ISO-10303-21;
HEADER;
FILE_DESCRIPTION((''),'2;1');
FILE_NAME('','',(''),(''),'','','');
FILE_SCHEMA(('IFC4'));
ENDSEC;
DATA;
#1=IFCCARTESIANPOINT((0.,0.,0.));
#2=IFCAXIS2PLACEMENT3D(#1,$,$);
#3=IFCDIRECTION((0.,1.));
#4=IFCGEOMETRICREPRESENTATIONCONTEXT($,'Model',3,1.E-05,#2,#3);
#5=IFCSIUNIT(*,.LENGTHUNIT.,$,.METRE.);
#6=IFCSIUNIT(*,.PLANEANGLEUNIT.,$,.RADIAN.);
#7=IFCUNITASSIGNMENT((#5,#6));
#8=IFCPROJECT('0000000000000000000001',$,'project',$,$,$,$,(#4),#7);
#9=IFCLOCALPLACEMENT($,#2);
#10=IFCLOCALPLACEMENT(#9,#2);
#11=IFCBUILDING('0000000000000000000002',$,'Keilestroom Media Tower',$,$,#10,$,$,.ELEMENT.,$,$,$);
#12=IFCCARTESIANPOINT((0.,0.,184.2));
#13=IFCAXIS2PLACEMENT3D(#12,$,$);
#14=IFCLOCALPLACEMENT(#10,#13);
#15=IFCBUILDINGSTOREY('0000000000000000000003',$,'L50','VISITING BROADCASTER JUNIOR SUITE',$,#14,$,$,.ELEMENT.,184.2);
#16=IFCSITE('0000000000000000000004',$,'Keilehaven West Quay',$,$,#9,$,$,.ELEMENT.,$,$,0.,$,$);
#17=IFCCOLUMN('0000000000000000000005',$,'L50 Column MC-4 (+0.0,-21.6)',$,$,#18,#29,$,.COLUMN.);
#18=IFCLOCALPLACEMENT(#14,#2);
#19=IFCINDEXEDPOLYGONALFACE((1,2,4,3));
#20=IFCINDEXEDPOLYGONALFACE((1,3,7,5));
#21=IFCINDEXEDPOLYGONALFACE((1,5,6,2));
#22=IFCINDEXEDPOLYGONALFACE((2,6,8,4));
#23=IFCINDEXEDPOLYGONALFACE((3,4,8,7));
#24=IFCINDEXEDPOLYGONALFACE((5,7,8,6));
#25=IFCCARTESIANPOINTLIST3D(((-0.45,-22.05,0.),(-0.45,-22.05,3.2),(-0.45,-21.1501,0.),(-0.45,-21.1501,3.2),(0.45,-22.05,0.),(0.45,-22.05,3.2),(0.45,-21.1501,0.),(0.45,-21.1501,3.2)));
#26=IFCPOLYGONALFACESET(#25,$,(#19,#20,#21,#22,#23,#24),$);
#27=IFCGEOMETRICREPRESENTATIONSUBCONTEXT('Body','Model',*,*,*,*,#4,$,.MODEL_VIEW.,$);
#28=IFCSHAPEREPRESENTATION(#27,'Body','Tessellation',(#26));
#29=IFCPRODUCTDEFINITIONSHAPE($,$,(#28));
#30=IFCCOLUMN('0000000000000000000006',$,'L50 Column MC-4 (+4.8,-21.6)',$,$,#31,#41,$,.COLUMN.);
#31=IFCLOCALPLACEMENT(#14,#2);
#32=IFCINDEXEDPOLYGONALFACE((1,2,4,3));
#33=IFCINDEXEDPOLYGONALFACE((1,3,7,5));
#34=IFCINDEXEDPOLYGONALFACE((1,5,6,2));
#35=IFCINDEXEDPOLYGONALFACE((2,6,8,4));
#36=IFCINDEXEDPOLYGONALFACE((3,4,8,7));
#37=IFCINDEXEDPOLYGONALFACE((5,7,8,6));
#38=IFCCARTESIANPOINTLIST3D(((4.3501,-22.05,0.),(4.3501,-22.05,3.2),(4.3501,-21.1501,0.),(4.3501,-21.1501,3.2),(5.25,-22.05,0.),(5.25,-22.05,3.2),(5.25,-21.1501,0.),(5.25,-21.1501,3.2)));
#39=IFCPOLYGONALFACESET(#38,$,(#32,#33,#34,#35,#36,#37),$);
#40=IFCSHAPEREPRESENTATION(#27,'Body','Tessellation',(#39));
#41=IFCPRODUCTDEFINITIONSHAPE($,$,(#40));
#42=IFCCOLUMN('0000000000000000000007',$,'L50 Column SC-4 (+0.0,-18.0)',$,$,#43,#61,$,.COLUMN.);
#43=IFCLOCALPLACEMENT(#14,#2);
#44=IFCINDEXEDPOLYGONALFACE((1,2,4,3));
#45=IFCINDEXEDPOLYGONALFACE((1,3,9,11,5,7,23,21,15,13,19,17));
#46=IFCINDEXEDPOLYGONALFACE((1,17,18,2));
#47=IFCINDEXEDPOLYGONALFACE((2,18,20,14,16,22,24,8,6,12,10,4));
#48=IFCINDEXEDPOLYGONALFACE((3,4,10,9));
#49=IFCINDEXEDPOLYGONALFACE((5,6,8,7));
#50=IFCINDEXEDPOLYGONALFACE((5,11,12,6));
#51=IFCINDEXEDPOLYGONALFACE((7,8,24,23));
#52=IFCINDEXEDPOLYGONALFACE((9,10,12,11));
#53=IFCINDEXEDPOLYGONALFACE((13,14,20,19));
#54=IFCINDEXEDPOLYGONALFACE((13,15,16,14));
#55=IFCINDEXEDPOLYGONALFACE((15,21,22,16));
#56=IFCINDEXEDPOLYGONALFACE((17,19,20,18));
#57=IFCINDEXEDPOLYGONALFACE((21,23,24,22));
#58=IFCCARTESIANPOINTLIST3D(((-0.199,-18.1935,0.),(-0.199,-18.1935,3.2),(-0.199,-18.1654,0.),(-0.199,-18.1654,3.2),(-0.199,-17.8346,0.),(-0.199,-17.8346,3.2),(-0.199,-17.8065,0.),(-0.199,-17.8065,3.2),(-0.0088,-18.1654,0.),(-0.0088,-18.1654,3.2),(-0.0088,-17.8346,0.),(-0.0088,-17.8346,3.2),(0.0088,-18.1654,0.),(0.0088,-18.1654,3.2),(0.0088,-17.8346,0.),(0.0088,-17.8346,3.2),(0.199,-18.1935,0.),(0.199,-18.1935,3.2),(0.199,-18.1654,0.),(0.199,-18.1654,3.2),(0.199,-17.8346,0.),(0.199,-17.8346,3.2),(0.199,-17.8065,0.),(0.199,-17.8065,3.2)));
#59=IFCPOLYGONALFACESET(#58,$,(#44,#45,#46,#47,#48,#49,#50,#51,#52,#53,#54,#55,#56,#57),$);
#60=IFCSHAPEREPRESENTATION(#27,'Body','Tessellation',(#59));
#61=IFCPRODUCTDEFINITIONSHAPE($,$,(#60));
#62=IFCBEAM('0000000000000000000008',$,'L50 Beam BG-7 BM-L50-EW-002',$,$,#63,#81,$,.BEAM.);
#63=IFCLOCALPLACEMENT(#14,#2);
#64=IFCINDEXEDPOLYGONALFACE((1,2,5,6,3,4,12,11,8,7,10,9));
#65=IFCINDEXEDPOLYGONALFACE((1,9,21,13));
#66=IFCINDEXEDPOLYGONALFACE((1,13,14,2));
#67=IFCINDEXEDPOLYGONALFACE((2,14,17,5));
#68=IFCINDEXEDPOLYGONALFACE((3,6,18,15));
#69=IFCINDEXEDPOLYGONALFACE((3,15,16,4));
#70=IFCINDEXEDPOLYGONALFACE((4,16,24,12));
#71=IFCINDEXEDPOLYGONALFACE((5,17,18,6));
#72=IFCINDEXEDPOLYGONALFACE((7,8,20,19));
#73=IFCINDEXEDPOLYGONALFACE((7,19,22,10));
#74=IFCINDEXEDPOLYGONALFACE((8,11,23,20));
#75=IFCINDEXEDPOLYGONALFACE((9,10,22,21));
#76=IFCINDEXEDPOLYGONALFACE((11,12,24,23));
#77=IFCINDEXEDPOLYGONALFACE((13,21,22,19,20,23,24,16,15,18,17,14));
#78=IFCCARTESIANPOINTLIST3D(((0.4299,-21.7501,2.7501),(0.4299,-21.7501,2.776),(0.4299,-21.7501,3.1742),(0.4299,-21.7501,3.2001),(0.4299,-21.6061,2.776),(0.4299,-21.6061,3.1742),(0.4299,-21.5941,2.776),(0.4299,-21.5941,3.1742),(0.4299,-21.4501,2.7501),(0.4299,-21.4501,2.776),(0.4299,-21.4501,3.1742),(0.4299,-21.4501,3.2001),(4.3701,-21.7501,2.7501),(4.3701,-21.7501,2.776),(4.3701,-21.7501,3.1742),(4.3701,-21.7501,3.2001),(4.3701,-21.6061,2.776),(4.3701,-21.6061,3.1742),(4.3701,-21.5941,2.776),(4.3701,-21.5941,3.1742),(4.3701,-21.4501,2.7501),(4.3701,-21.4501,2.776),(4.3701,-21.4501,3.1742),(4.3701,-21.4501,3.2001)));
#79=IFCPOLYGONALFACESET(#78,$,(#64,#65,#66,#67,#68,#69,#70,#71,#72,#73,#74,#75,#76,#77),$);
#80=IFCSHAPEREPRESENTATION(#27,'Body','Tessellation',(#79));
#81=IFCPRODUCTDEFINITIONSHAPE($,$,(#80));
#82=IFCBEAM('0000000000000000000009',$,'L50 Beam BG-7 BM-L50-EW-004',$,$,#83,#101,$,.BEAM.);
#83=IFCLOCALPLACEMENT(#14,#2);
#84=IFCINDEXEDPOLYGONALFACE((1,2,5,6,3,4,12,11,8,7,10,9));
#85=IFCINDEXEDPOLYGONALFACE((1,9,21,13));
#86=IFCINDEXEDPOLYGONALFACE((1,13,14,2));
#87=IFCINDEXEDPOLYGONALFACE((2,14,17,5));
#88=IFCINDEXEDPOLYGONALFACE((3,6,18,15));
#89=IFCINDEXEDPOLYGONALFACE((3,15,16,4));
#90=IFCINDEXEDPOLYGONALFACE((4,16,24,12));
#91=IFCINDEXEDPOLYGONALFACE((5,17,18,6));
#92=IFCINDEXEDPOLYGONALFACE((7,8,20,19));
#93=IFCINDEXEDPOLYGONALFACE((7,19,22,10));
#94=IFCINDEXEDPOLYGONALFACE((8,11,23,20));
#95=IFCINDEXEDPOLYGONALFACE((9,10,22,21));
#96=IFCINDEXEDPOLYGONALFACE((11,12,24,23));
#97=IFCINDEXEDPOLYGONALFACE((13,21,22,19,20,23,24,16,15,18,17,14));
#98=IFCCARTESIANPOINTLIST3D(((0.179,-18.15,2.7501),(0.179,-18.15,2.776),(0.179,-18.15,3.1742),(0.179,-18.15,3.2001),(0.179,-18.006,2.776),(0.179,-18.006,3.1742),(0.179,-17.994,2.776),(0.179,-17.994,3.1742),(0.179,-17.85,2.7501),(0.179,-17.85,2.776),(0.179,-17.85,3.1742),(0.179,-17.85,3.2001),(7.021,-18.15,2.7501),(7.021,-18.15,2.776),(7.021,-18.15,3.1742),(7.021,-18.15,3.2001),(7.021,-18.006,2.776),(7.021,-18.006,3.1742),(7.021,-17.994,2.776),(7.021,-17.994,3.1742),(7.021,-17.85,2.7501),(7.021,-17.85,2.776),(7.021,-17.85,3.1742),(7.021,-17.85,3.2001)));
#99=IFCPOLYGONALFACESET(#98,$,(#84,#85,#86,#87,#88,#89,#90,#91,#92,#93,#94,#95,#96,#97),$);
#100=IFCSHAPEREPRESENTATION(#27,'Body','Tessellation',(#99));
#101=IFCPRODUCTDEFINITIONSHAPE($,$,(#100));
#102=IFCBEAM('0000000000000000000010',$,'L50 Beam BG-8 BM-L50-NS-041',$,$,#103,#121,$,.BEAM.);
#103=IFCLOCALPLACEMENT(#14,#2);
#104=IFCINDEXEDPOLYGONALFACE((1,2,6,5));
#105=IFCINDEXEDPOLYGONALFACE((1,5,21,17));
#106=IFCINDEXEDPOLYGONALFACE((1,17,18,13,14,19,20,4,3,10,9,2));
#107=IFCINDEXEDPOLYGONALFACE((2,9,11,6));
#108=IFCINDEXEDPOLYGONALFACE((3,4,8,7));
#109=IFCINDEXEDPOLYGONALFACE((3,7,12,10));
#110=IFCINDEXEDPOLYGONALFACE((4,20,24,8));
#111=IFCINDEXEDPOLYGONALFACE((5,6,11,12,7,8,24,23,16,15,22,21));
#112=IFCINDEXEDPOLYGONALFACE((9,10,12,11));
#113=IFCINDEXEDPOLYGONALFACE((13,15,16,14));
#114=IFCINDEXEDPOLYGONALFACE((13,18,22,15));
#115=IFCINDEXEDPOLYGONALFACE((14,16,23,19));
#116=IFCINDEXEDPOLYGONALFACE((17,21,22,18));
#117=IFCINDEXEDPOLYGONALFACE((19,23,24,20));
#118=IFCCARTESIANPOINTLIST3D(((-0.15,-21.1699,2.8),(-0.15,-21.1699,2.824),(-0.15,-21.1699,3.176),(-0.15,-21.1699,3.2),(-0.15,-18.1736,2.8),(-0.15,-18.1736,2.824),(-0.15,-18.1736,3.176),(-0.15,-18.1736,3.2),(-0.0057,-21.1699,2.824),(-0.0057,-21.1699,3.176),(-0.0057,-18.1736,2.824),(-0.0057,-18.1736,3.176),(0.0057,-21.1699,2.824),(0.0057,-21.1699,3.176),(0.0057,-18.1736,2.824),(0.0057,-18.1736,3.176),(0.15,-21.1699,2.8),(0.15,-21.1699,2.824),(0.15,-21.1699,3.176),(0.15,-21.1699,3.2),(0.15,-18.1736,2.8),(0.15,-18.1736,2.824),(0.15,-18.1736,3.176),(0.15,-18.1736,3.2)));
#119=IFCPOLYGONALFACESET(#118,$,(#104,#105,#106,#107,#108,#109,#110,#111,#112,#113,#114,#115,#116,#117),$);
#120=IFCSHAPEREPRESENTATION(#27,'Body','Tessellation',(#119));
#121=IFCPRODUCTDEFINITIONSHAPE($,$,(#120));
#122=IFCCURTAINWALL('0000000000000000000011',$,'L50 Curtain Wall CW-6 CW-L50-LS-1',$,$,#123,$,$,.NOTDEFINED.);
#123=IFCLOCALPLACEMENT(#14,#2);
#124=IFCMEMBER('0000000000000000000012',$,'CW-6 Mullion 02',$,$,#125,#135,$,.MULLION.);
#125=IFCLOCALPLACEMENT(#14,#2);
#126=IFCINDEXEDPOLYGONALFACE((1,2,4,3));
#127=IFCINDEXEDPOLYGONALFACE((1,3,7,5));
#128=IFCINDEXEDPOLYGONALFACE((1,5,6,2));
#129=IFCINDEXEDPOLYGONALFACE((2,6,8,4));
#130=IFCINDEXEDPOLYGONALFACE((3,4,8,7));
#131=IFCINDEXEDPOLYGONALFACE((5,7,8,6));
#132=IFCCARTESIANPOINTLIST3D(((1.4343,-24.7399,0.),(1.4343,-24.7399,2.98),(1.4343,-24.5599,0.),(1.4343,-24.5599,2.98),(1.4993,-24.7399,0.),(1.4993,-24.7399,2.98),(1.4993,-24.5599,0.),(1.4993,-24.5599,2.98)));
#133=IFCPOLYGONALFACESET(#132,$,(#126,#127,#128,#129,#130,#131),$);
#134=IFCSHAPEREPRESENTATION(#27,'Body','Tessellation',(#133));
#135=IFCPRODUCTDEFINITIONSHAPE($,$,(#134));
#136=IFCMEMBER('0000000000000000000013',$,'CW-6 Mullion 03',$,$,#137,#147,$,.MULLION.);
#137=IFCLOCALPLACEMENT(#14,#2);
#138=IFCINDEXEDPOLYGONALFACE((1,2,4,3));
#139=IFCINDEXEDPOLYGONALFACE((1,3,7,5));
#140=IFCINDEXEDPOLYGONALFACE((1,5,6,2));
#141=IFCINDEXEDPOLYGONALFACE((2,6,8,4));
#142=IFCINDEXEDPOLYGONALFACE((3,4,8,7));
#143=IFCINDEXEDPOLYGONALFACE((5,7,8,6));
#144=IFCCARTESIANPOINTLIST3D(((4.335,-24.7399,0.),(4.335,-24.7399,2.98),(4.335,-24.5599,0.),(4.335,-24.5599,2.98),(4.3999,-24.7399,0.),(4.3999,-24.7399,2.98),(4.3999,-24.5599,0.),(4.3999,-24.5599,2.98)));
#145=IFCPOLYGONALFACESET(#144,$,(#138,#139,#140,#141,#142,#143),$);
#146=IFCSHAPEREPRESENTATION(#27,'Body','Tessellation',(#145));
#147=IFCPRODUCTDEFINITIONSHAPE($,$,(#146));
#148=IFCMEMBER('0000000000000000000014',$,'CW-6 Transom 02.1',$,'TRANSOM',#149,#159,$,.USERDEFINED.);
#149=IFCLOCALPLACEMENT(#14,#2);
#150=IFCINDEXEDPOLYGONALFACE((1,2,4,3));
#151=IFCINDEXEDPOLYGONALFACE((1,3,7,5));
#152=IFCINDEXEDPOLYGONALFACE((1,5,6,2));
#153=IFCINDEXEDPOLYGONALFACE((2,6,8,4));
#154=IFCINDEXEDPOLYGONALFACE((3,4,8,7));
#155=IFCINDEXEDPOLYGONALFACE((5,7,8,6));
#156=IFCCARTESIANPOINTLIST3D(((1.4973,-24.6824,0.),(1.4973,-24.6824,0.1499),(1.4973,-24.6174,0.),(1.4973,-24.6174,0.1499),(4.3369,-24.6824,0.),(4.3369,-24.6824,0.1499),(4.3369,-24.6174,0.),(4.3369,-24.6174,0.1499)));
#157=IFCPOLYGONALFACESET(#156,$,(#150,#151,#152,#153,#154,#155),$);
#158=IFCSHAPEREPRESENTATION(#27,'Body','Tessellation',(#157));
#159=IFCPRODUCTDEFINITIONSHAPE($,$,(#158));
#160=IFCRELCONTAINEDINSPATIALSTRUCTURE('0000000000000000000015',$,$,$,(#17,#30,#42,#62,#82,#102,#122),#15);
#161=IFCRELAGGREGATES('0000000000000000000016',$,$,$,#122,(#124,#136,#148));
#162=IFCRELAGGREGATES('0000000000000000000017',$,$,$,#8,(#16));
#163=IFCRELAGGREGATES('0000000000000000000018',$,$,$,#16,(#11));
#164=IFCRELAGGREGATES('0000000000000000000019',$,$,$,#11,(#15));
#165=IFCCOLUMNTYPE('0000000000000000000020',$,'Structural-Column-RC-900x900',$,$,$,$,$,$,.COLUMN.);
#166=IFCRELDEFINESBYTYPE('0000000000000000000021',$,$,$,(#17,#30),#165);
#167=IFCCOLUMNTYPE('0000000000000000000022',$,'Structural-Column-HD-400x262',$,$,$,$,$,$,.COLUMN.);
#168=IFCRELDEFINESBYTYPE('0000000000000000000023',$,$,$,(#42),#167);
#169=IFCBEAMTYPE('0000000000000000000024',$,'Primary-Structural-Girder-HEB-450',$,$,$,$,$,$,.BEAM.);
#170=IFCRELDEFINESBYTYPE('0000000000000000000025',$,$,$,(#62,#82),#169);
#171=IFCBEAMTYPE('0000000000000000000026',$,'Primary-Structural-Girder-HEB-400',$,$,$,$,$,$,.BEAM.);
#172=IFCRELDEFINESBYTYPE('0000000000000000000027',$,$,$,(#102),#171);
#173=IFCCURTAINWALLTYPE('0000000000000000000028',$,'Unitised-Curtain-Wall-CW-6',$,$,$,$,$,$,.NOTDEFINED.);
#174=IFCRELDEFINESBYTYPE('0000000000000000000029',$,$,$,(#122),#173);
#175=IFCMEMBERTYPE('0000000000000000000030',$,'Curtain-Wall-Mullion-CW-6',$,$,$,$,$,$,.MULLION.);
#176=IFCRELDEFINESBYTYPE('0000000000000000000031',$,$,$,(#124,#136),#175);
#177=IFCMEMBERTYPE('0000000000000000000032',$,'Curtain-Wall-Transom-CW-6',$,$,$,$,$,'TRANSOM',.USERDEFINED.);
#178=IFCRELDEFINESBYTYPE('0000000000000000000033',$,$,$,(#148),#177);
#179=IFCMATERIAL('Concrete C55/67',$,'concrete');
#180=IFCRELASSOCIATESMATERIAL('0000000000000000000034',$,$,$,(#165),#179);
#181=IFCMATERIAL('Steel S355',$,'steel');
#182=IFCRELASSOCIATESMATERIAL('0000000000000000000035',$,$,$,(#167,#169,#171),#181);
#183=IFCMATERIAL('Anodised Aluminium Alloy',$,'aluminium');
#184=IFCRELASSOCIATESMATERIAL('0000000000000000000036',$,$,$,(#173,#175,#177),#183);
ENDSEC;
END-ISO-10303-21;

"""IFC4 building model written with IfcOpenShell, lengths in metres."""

from ifc_helpers import new_model, si_unit, direction, frame, origin, origin_2d, place, context, subcontext, project, spatial, rectangle, i_section, extrude, source, transform, mapped, material, material_profile, profile_set, type_object, element, aggregate, save


model = new_model("IFC4")

# Units and contexts
model_context = context("Model", 3, precision=1e-05, world=origin(), true_north=direction((0.0, 1.0)))
body_context = subcontext(model_context, "Body", "Model", "MODEL_VIEW")
ifc_project = project(units=[si_unit("LENGTHUNIT", "METRE"), si_unit("PLANEANGLEUNIT", "RADIAN")], contexts=[model_context])

# Site, building, storey
site_placement = place(None, origin())
site = spatial("IfcSite", under=ifc_project, at=site_placement, Name="Keilehaven West Quay", CompositionType="ELEMENT", RefElevation=0.0)
building_placement = place(site_placement, origin())
building = spatial("IfcBuilding", under=site, at=building_placement, Name="Keilestroom Media Tower", CompositionType="ELEMENT")
storey_placement = place(building_placement, frame((0.0, 0.0, 184.2)))
storey = spatial("IfcBuildingStorey", under=building, at=storey_placement, Name="L50", Description="VISITING BROADCASTER JUNIOR SUITE", CompositionType="ELEMENT", Elevation=184.2)

# Columns
ifc_material_1 = material(Name="Concrete C55/67", Category="concrete")
ifc_material_profile_1 = material_profile(ifc_material_1, rectangle(XDim=0.8999, YDim=0.8999, at=origin_2d()), Name="RC 900x900")
ifc_profile_set_1 = profile_set([ifc_material_profile_1], Name="Concrete C55/67")
column_type_1 = type_object("IfcColumnType", Name="Structural-Column-RC-900x900", PredefinedType="COLUMN", material=ifc_profile_set_1)
shared_shape_1 = source(origin(), body_context, "Body", "SweptSolid", [
    extrude(rectangle(XDim=0.8999, YDim=0.8999, at=origin_2d()), origin(), (0.0, 0.0, 1.0), 3.2),
])
for number, where, z_axis, x_axis, name in (
    (1, (0.0, -21.6001, 0.0), (0.0, 0.0, 1.0), (1.0, 0.0, 0.0), "L50 Column MC-4 (+0.0,-21.6)"),
    (2, (4.8, -21.6001, 0.0), (0.0, 0.0, 1.0), (1.0, 0.0, 0.0), "L50 Column MC-4 (+4.8,-21.6)"),
):
    element("IfcColumn", number, at=place(storey_placement, frame(where, z_axis=z_axis, x_axis=x_axis)), inside=storey, type_object=column_type_1, Name=name, PredefinedType="COLUMN", context=body_context, shape_type="MappedRepresentation", body=[
        mapped(shared_shape_1, transform((0.0, 0.0, 0.0), x_axis=(1.0, 0.0, 0.0), y_axis=(0.0, 1.0, 0.0), z_axis=(0.0, 0.0, 1.0), scale=1.0)),
    ])
ifc_material_2 = material(Name="Steel S355", Category="steel")
ifc_material_profile_2 = material_profile(ifc_material_2, i_section(OverallWidth=0.3979, OverallDepth=0.387, WebThickness=0.0176, FlangeThickness=0.0281, at=origin_2d()), Name="HD 400x262")
ifc_profile_set_2 = profile_set([ifc_material_profile_2], Name="Steel S355")
column_type_2 = type_object("IfcColumnType", Name="Structural-Column-HD-400x262", PredefinedType="COLUMN", material=ifc_profile_set_2)
shared_shape_2 = source(origin(), body_context, "Body", "SweptSolid", [
    extrude(i_section(OverallWidth=0.3979, OverallDepth=0.387, WebThickness=0.0176, FlangeThickness=0.0281, at=origin_2d()), origin(), (0.0, 0.0, 1.0), 3.2),
])
column_placement = place(storey_placement, frame((0.0, -18.0, 0.0), z_axis=(0.0, 0.0, 1.0), x_axis=(1.0, 0.0, 0.0)))
element("IfcColumn", 3, at=column_placement, inside=storey, type_object=column_type_2, Name="L50 Column SC-4 (+0.0,-18.0)", PredefinedType="COLUMN", context=body_context, shape_type="MappedRepresentation", body=[
    mapped(shared_shape_2, transform((0.0, 0.0, 0.0), x_axis=(1.0, 0.0, 0.0), y_axis=(0.0, 1.0, 0.0), z_axis=(0.0, 0.0, 1.0), scale=1.0)),
])

# Beams
ifc_material_profile_3 = material_profile(ifc_material_2, i_section(OverallWidth=0.3, OverallDepth=0.45, WebThickness=0.012, FlangeThickness=0.0259, at=origin_2d()), Name="HEB 450")
ifc_profile_set_3 = profile_set([ifc_material_profile_3], Name="Steel S355")
beam_type_1 = type_object("IfcBeamType", Name="Primary-Structural-Girder-HEB-450", PredefinedType="BEAM", material=ifc_profile_set_3)
shared_shape_3 = source(origin(), body_context, "Body", "SweptSolid", [
    extrude(i_section(OverallWidth=0.3, OverallDepth=0.45, WebThickness=0.012, FlangeThickness=0.0259, at=origin_2d()), origin(), (0.0, 0.0, 1.0), 3.9402),
])
beam_1_placement = place(storey_placement, frame((0.4299, -21.6001, 2.9751), z_axis=(1.0, 0.0, 0.0), x_axis=(0.0, 1.0, 0.0)))
element("IfcBeam", 4, at=beam_1_placement, inside=storey, type_object=beam_type_1, Name="L50 Beam BG-7 BM-L50-EW-002", PredefinedType="BEAM", context=body_context, shape_type="MappedRepresentation", body=[
    mapped(shared_shape_3, transform((0.0, 0.0, 0.0), x_axis=(1.0, 0.0, 0.0), y_axis=(0.0, 1.0, 0.0), z_axis=(0.0, 0.0, 1.0), scale=1.0)),
])
shared_shape_4 = source(origin(), body_context, "Body", "SweptSolid", [
    extrude(i_section(OverallWidth=0.3, OverallDepth=0.45, WebThickness=0.012, FlangeThickness=0.0259, at=origin_2d()), origin(), (0.0, 0.0, 1.0), 6.842),
])
beam_2_placement = place(storey_placement, frame((0.179, -18.0, 2.9751), z_axis=(1.0, 0.0, 0.0), x_axis=(0.0, 1.0, 0.0)))
element("IfcBeam", 5, at=beam_2_placement, inside=storey, type_object=beam_type_1, Name="L50 Beam BG-7 BM-L50-EW-004", PredefinedType="BEAM", context=body_context, shape_type="MappedRepresentation", body=[
    mapped(shared_shape_4, transform((0.0, 0.0, 0.0), x_axis=(1.0, 0.0, 0.0), y_axis=(0.0, 1.0, 0.0), z_axis=(0.0, 0.0, 1.0), scale=1.0)),
])
ifc_material_profile_4 = material_profile(ifc_material_2, i_section(OverallWidth=0.3, OverallDepth=0.3999, WebThickness=0.0115, FlangeThickness=0.0239, at=origin_2d()), Name="HEB 400")
ifc_profile_set_4 = profile_set([ifc_material_profile_4], Name="Steel S355")
beam_type_2 = type_object("IfcBeamType", Name="Primary-Structural-Girder-HEB-400", PredefinedType="BEAM", material=ifc_profile_set_4)
shared_shape_5 = source(origin(), body_context, "Body", "SweptSolid", [
    extrude(i_section(OverallWidth=0.3, OverallDepth=0.3999, WebThickness=0.0115, FlangeThickness=0.0239, at=origin_2d()), origin(), (0.0, 0.0, 1.0), 2.9963),
])
beam_3_placement = place(storey_placement, frame((0.0, -21.1699, 3.0), z_axis=(0.0, 1.0, 0.0), x_axis=(-1.0, 0.0, 0.0)))
element("IfcBeam", 6, at=beam_3_placement, inside=storey, type_object=beam_type_2, Name="L50 Beam BG-8 BM-L50-NS-041", PredefinedType="BEAM", context=body_context, shape_type="MappedRepresentation", body=[
    mapped(shared_shape_5, transform((0.0, 0.0, 0.0), x_axis=(1.0, 0.0, 0.0), y_axis=(0.0, 1.0, 0.0), z_axis=(0.0, 0.0, 1.0), scale=1.0)),
])

# Curtain wall, members
ifc_material_3 = material(Name="Anodised Aluminium Alloy", Category="aluminium")
curtain_wall_type = type_object("IfcCurtainWallType", Name="Unitised-Curtain-Wall-CW-6", PredefinedType="NOTDEFINED", material=ifc_material_3)
curtain_wall_placement = place(storey_placement, origin())
curtain_wall = element("IfcCurtainWall", 7, at=curtain_wall_placement, inside=storey, type_object=curtain_wall_type, Name="L50 Curtain Wall CW-6 CW-L50-LS-1", PredefinedType="NOTDEFINED")
ifc_material_profile_5 = material_profile(ifc_material_3, rectangle(XDim=0.0649, YDim=0.1799, at=origin_2d()), Name="ALU MULLION 65x180")
ifc_profile_set_5 = profile_set([ifc_material_profile_5], Name="Anodised Aluminium Alloy")
member_type_1 = type_object("IfcMemberType", Name="Curtain-Wall-Mullion-CW-6", PredefinedType="MULLION", material=ifc_profile_set_5)
shared_shape_6 = source(origin(), body_context, "Body", "SweptSolid", [
    extrude(rectangle(XDim=0.0649, YDim=0.1799, at=origin_2d()), origin(), (0.0, 0.0, 1.0), 2.98),
])
member_1_placement = place(storey_placement, frame((1.4668, -24.6499, 0.0), z_axis=(0.0, 0.0, 1.0), x_axis=(1.0, 0.0, 0.0)))
member_1 = element("IfcMember", 8, at=member_1_placement, type_object=member_type_1, Name="CW-6 Mullion 02", PredefinedType="MULLION", context=body_context, shape_type="MappedRepresentation", body=[
    mapped(shared_shape_6, transform((0.0, 0.0, 0.0), x_axis=(1.0, 0.0, 0.0), y_axis=(0.0, 1.0, 0.0), z_axis=(0.0, 0.0, 1.0), scale=1.0)),
])
member_2_placement = place(storey_placement, frame((4.3674, -24.6499, 0.0), z_axis=(0.0, 0.0, 1.0), x_axis=(1.0, 0.0, 0.0)))
member_2 = element("IfcMember", 9, at=member_2_placement, type_object=member_type_1, Name="CW-6 Mullion 03", PredefinedType="MULLION", context=body_context, shape_type="MappedRepresentation", body=[
    mapped(shared_shape_6, transform((0.0, 0.0, 0.0), x_axis=(1.0, 0.0, 0.0), y_axis=(0.0, 1.0, 0.0), z_axis=(0.0, 0.0, 1.0), scale=1.0)),
])
ifc_material_profile_6 = material_profile(ifc_material_3, rectangle(XDim=0.0649, YDim=0.1499, at=origin_2d()), Name="ALU TRANSOM 65x150")
ifc_profile_set_6 = profile_set([ifc_material_profile_6], Name="Anodised Aluminium Alloy")
member_type_2 = type_object("IfcMemberType", Name="Curtain-Wall-Transom-CW-6", ElementType="TRANSOM", PredefinedType="USERDEFINED", material=ifc_profile_set_6)
shared_shape_7 = source(origin(), body_context, "Body", "SweptSolid", [
    extrude(rectangle(XDim=0.0649, YDim=0.1499, at=origin_2d()), origin(), (0.0, 0.0, 1.0), 2.8396),
])
member_3_placement = place(storey_placement, frame((1.4973, -24.6499, 0.075), z_axis=(1.0, 0.0, 0.0), x_axis=(0.0, 1.0, 0.0)))
member_3 = element("IfcMember", 10, at=member_3_placement, type_object=member_type_2, Name="CW-6 Transom 02.1", ObjectType="TRANSOM", PredefinedType="USERDEFINED", context=body_context, shape_type="MappedRepresentation", body=[
    mapped(shared_shape_7, transform((0.0, 0.0, 0.0), x_axis=(1.0, 0.0, 0.0), y_axis=(0.0, 1.0, 0.0), z_axis=(0.0, 0.0, 1.0), scale=1.0)),
])
aggregate(curtain_wall, [member_1, member_2, member_3])

save(model, "model.ifc")
